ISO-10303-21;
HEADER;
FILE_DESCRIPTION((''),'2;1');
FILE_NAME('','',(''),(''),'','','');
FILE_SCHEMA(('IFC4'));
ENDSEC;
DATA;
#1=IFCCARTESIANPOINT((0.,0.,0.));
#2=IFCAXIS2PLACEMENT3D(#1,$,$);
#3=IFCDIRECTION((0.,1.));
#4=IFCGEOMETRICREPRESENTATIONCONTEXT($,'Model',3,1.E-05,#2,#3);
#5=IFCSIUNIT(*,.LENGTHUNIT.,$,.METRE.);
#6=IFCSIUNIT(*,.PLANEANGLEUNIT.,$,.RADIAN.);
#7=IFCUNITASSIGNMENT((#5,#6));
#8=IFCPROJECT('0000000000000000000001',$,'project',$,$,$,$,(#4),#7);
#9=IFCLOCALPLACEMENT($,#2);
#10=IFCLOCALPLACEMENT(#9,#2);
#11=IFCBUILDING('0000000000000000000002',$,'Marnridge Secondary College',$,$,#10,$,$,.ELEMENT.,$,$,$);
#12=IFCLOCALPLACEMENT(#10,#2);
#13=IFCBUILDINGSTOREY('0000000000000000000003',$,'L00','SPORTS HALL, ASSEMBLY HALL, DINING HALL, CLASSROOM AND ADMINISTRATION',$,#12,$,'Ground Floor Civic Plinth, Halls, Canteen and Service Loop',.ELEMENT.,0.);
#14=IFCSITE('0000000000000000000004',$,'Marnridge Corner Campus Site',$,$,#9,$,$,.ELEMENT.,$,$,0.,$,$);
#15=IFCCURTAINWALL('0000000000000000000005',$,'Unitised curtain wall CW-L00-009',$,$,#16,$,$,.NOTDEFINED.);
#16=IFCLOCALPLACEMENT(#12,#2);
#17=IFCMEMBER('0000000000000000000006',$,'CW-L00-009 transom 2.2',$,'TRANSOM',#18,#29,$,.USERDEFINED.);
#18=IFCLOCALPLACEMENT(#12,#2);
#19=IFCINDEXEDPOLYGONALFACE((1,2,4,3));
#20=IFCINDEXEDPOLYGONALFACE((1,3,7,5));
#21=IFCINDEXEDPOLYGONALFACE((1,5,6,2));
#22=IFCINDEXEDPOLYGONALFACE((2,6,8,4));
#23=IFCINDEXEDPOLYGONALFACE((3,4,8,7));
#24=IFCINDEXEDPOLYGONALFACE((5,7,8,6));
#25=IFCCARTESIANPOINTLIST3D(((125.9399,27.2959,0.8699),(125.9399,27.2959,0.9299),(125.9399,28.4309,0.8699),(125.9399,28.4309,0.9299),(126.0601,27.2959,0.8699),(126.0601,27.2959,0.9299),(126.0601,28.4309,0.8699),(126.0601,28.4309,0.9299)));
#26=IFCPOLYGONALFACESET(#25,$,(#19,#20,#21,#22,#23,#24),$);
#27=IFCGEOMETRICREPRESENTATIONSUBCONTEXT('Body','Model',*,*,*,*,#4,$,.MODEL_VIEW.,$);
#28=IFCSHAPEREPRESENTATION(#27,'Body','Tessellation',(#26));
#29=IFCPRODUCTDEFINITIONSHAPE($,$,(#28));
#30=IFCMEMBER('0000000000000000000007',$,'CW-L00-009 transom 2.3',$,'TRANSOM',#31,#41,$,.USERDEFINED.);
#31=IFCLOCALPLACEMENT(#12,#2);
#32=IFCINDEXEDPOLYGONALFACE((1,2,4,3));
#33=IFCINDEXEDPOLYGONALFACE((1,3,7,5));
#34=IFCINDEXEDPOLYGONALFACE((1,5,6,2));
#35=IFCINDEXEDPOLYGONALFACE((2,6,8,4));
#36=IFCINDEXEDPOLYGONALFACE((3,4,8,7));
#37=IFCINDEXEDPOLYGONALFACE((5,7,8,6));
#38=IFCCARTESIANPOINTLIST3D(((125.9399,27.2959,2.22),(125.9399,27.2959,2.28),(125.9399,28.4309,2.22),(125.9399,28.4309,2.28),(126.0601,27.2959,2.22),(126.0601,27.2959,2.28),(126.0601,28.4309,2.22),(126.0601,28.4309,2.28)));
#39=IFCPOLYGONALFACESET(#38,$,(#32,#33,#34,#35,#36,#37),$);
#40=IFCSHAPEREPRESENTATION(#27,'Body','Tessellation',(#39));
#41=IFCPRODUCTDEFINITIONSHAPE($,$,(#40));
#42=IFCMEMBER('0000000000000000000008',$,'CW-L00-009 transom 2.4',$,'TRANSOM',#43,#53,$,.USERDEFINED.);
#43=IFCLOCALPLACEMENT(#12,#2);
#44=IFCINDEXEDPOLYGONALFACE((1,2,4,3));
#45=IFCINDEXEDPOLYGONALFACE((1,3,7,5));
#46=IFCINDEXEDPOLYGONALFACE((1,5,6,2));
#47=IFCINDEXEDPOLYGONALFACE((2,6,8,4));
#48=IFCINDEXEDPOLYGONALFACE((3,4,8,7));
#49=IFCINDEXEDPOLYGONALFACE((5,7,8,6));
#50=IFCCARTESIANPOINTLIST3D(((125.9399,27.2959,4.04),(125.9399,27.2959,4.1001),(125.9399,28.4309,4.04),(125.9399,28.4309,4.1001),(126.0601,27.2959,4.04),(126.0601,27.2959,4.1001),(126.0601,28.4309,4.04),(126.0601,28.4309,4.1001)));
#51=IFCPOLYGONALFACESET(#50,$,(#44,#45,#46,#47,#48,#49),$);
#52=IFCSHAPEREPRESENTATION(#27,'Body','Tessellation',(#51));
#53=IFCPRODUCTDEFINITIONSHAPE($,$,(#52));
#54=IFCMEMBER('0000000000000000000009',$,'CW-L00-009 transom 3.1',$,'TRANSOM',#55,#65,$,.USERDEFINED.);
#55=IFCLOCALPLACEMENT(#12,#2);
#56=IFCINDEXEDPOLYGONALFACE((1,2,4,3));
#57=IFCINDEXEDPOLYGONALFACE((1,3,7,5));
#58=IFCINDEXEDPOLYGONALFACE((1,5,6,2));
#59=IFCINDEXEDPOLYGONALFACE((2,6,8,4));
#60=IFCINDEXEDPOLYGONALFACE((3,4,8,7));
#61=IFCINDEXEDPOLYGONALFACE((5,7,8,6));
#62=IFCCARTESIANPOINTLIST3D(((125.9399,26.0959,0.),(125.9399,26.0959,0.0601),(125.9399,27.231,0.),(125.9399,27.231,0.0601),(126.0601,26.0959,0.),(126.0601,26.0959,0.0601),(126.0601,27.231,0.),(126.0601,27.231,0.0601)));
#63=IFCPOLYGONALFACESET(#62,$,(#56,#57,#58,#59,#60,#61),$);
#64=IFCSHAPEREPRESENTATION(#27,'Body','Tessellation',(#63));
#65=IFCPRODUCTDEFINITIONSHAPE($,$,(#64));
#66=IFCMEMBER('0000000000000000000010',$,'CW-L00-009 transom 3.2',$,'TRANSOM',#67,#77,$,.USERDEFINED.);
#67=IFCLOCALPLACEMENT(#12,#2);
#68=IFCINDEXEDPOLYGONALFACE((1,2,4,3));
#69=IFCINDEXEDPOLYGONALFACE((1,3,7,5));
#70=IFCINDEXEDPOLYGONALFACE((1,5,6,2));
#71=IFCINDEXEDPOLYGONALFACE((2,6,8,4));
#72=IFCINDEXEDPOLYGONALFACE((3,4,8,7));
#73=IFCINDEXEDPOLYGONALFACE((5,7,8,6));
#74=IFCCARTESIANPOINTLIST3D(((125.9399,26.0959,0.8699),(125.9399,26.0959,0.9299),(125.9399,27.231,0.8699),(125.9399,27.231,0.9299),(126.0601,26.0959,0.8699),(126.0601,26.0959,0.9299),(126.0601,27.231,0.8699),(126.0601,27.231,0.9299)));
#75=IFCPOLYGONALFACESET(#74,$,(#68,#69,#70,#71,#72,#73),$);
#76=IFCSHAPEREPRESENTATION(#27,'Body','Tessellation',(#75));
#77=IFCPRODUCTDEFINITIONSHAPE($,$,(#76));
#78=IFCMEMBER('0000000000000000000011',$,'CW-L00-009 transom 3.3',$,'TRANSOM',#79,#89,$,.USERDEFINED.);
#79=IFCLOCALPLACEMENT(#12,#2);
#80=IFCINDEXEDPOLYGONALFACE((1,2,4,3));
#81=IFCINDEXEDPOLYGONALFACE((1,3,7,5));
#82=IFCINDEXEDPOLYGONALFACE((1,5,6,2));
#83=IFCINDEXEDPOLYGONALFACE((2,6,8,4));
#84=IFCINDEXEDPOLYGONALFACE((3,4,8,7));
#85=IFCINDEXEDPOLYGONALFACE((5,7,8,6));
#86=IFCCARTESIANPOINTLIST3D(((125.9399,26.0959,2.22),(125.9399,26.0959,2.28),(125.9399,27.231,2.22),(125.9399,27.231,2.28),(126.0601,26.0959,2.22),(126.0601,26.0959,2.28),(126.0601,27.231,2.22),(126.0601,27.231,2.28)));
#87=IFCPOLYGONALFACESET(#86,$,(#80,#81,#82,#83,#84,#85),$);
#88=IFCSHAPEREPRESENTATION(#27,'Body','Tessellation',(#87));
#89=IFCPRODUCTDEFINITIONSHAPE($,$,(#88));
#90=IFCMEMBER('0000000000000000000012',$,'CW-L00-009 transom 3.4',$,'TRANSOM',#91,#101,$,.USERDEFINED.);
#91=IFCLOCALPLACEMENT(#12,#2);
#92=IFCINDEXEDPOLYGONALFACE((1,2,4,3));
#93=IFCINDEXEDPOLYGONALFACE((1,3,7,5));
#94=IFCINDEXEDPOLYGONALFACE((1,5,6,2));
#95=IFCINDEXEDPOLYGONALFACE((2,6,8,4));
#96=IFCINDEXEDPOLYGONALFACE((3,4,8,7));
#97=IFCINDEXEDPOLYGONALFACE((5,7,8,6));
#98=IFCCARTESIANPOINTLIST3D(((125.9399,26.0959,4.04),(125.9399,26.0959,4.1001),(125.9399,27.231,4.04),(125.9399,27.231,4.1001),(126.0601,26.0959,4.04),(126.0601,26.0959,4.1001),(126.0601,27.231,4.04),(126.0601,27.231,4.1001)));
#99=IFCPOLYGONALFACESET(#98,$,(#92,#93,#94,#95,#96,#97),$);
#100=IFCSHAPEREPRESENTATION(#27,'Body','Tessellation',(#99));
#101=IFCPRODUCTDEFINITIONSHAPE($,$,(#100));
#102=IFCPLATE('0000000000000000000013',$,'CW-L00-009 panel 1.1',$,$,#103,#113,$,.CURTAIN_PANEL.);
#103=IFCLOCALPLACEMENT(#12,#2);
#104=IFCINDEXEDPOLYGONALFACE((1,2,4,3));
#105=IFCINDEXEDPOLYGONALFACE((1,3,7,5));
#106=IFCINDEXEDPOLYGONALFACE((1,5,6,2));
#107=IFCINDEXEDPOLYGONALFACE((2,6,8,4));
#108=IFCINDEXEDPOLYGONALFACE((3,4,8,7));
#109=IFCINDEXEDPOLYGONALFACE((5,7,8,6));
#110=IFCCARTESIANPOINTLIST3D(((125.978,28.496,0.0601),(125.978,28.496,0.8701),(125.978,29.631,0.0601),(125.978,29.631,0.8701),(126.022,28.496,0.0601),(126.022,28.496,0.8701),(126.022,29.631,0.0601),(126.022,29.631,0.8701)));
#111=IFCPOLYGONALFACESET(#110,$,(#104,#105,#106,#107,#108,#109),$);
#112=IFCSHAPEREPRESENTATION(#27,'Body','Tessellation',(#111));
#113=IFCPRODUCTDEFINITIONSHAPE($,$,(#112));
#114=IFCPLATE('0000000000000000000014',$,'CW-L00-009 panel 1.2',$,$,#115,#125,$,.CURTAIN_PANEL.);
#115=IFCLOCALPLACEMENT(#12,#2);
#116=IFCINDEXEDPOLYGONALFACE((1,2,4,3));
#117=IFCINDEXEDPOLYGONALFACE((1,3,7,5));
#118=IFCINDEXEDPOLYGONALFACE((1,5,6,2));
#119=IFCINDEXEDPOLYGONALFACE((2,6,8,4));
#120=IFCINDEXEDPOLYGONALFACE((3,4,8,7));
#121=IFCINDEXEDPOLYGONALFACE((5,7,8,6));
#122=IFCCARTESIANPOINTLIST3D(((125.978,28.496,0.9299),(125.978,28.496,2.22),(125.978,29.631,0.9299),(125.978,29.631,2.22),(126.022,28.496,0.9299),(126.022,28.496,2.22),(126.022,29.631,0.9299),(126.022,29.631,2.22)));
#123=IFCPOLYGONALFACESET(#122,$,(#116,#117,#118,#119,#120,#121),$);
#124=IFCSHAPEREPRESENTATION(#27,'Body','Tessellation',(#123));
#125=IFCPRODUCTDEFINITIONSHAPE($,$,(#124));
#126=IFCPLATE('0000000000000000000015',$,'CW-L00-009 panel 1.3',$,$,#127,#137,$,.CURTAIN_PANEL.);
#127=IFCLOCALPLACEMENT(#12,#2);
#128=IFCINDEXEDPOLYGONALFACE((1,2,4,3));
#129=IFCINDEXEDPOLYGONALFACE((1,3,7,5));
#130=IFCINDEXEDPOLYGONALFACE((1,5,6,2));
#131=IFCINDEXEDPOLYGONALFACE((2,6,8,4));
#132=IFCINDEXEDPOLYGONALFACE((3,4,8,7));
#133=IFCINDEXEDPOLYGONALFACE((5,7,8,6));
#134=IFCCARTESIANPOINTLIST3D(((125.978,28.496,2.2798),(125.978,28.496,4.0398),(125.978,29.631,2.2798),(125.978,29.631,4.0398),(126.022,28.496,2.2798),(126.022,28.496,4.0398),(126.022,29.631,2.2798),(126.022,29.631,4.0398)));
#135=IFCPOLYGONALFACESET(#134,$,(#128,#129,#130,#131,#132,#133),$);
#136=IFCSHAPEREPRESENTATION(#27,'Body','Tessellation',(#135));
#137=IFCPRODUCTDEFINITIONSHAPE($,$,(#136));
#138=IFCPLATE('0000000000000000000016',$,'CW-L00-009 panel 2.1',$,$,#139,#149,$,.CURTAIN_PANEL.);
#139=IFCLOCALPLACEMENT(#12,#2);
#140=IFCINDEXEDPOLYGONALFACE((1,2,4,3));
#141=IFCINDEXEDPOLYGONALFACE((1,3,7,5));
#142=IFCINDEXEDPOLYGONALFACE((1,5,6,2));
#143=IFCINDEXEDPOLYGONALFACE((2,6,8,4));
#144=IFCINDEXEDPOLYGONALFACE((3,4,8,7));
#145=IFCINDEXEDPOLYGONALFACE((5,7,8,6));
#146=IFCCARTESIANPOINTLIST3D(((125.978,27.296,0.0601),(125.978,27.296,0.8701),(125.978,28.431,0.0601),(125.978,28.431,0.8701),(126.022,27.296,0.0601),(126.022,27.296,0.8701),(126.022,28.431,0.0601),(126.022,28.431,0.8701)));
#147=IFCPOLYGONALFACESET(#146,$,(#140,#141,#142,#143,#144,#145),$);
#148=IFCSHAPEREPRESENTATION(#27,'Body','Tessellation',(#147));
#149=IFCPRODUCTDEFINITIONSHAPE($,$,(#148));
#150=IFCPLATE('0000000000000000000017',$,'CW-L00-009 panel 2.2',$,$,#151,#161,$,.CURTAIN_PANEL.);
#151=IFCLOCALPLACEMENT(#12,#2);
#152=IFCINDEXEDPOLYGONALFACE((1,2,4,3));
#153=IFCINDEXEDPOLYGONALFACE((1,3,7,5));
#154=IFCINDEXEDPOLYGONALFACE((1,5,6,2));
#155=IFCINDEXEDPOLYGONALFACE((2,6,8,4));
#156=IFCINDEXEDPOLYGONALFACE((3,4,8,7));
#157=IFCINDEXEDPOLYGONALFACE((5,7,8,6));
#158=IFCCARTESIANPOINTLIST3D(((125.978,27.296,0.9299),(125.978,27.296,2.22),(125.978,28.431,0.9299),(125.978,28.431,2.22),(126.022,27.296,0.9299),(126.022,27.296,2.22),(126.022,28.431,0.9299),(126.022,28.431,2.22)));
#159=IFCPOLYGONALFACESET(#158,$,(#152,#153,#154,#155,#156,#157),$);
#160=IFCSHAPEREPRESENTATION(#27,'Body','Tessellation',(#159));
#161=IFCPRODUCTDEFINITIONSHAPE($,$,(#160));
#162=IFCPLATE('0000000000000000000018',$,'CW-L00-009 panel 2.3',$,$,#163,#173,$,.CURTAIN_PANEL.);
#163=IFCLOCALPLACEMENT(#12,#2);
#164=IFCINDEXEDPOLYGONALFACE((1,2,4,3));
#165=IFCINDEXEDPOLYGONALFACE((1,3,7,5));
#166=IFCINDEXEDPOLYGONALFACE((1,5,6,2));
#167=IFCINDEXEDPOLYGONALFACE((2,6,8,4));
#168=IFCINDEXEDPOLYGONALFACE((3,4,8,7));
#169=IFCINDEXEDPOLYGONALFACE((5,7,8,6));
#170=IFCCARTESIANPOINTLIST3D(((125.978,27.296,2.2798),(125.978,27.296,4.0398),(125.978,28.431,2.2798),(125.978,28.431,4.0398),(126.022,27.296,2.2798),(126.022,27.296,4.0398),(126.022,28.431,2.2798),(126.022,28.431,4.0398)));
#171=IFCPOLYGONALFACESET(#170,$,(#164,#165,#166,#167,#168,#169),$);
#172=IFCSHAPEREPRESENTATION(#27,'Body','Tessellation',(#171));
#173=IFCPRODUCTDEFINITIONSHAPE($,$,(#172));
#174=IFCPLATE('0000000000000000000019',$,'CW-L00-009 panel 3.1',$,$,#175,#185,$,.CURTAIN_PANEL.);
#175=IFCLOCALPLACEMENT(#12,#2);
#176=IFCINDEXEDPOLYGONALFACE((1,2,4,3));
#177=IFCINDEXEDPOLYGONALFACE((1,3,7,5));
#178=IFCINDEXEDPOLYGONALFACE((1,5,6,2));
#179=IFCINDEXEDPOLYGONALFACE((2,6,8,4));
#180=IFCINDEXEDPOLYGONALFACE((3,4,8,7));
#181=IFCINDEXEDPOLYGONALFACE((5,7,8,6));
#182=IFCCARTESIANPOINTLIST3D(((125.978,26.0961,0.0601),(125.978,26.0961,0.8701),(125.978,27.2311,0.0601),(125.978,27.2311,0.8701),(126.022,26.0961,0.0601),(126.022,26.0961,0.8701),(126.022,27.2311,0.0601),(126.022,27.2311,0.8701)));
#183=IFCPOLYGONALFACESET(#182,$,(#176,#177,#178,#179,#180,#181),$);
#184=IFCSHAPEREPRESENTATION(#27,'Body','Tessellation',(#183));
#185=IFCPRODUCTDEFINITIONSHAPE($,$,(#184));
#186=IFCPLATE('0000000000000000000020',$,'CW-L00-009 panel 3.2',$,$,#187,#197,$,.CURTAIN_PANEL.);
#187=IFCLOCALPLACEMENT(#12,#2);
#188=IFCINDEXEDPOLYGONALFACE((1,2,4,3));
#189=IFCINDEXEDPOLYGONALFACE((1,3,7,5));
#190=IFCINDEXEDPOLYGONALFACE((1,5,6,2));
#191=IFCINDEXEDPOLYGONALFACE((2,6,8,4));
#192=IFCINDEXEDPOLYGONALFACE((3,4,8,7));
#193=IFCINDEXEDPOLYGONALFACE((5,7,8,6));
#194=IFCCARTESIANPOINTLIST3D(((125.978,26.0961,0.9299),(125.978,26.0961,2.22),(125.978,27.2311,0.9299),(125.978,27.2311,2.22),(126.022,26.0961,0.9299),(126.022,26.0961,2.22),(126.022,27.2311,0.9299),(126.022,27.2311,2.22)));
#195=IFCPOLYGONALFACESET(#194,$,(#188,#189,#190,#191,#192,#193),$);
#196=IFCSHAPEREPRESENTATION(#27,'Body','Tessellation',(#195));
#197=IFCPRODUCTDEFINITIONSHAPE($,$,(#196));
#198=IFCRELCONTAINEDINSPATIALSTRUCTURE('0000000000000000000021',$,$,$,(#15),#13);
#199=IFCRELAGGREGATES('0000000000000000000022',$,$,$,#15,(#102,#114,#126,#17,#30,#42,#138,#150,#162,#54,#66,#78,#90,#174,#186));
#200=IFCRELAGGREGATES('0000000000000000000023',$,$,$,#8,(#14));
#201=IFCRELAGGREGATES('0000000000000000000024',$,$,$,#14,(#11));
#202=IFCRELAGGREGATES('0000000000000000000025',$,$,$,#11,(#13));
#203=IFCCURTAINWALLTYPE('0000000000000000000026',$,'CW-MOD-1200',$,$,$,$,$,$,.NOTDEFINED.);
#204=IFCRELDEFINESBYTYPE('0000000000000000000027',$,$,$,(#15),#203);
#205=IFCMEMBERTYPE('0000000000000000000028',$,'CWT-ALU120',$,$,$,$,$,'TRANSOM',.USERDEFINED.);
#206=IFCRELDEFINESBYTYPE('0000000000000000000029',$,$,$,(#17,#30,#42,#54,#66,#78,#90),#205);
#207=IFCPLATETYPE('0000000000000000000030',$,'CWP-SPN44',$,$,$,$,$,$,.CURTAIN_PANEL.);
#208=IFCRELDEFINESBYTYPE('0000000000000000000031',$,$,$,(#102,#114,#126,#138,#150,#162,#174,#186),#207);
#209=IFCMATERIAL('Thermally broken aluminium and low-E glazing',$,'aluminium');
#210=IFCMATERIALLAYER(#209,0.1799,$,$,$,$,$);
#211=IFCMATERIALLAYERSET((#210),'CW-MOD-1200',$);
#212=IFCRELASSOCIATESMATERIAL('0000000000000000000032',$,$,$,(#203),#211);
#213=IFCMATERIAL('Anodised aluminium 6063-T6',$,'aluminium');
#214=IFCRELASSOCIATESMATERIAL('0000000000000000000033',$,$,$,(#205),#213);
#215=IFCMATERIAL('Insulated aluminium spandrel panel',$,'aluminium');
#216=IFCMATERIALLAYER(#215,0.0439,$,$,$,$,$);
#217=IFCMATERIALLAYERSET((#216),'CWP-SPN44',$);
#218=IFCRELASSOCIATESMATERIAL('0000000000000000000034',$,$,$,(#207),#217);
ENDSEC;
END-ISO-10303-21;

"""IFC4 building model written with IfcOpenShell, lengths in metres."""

from ifc_helpers import new_model, si_unit, direction, frame, origin, origin_2d, place, context, subcontext, project, spatial, rectangle, extrude, material, layer, layer_set, material_profile, profile_set, type_object, element, aggregate, save


model = new_model("IFC4")

# Units and contexts
model_context = context("Model", 3, precision=1e-05, world=origin(), true_north=direction((0.0, 1.0)))
body_context = subcontext(model_context, "Body", "Model", "MODEL_VIEW")
ifc_project = project(units=[si_unit("LENGTHUNIT", "METRE"), si_unit("PLANEANGLEUNIT", "RADIAN")], contexts=[model_context])

# Site, building, storey
site_placement = place(None, origin())
site = spatial("IfcSite", under=ifc_project, at=site_placement, Name="Marnridge Corner Campus Site", CompositionType="ELEMENT", RefElevation=0.0)
building_placement = place(site_placement, origin())
building = spatial("IfcBuilding", under=site, at=building_placement, Name="Marnridge Secondary College", CompositionType="ELEMENT")
storey_placement = place(building_placement, origin())
storey = spatial("IfcBuildingStorey", under=building, at=storey_placement, Name="L00", Description="SPORTS HALL, ASSEMBLY HALL, DINING HALL, CLASSROOM AND ADMINISTRATION", LongName="Ground Floor Civic Plinth, Halls, Canteen and Service Loop", CompositionType="ELEMENT", Elevation=0.0)

# Curtain wall, members, plates
ifc_material_1 = material(Name="Thermally broken aluminium and low-E glazing", Category="aluminium")
ifc_layer_1 = layer(ifc_material_1, 0.1799)
ifc_layer_set_1 = layer_set([ifc_layer_1], Name="CW-MOD-1200")
curtain_wall_type = type_object("IfcCurtainWallType", Name="CW-MOD-1200", PredefinedType="NOTDEFINED", material=ifc_layer_set_1)
curtain_wall_placement = place(storey_placement, origin())
curtain_wall = element("IfcCurtainWall", 1, at=curtain_wall_placement, inside=storey, type_object=curtain_wall_type, Name="Unitised curtain wall CW-L00-009", PredefinedType="NOTDEFINED")
ifc_material_2 = material(Name="Anodised aluminium 6063-T6", Category="aluminium")
ifc_material_profile_1 = material_profile(ifc_material_2, rectangle(XDim=0.0601, YDim=0.1201, at=origin_2d()), Name="ALU 60x120")
ifc_profile_set_1 = profile_set([ifc_material_profile_1], Name="Anodised aluminium 6063-T6")
member_type_1 = type_object("IfcMemberType", Name="CWT-ALU120", ElementType="TRANSOM", PredefinedType="USERDEFINED", material=ifc_profile_set_1)
member_1_placement = place(storey_placement, frame((126.0, 28.4309, 0.8999), z_axis=(0.0, -1.0, 0.0), x_axis=(0.0, 0.0, 1.0)))
member_1 = element("IfcMember", 2, at=member_1_placement, type_object=member_type_1, Name="CW-L00-009 transom 2.2", ObjectType="TRANSOM", PredefinedType="USERDEFINED", context=body_context, shape_type="SweptSolid", body=[
    extrude(rectangle(XDim=0.0601, YDim=0.1201, at=origin_2d()), origin(), (0.0, 0.0, 1.0), 1.135),
])
member_2_placement = place(storey_placement, frame((126.0, 28.4309, 2.25), z_axis=(0.0, -1.0, 0.0), x_axis=(0.0, 0.0, 1.0)))
member_2 = element("IfcMember", 3, at=member_2_placement, type_object=member_type_1, Name="CW-L00-009 transom 2.3", ObjectType="TRANSOM", PredefinedType="USERDEFINED", context=body_context, shape_type="SweptSolid", body=[
    extrude(rectangle(XDim=0.0601, YDim=0.1201, at=origin_2d()), origin(), (0.0, 0.0, 1.0), 1.135),
])
member_3_placement = place(storey_placement, frame((126.0, 28.4309, 4.0701), z_axis=(0.0, -1.0, 0.0), x_axis=(0.0, 0.0, 1.0)))
member_3 = element("IfcMember", 4, at=member_3_placement, type_object=member_type_1, Name="CW-L00-009 transom 2.4", ObjectType="TRANSOM", PredefinedType="USERDEFINED", context=body_context, shape_type="SweptSolid", body=[
    extrude(rectangle(XDim=0.0601, YDim=0.1201, at=origin_2d()), origin(), (0.0, 0.0, 1.0), 1.135),
])
member_4_placement = place(storey_placement, frame((126.0, 27.231, 0.03), z_axis=(0.0, -1.0, 0.0), x_axis=(0.0, 0.0, 1.0)))
member_4 = element("IfcMember", 5, at=member_4_placement, type_object=member_type_1, Name="CW-L00-009 transom 3.1", ObjectType="TRANSOM", PredefinedType="USERDEFINED", context=body_context, shape_type="SweptSolid", body=[
    extrude(rectangle(XDim=0.0601, YDim=0.1201, at=origin_2d()), origin(), (0.0, 0.0, 1.0), 1.135),
])
member_5_placement = place(storey_placement, frame((126.0, 27.231, 0.8999), z_axis=(0.0, -1.0, 0.0), x_axis=(0.0, 0.0, 1.0)))
member_5 = element("IfcMember", 6, at=member_5_placement, type_object=member_type_1, Name="CW-L00-009 transom 3.2", ObjectType="TRANSOM", PredefinedType="USERDEFINED", context=body_context, shape_type="SweptSolid", body=[
    extrude(rectangle(XDim=0.0601, YDim=0.1201, at=origin_2d()), origin(), (0.0, 0.0, 1.0), 1.135),
])
member_6_placement = place(storey_placement, frame((126.0, 27.231, 2.25), z_axis=(0.0, -1.0, 0.0), x_axis=(0.0, 0.0, 1.0)))
member_6 = element("IfcMember", 7, at=member_6_placement, type_object=member_type_1, Name="CW-L00-009 transom 3.3", ObjectType="TRANSOM", PredefinedType="USERDEFINED", context=body_context, shape_type="SweptSolid", body=[
    extrude(rectangle(XDim=0.0601, YDim=0.1201, at=origin_2d()), origin(), (0.0, 0.0, 1.0), 1.135),
])
member_7_placement = place(storey_placement, frame((126.0, 27.231, 4.0701), z_axis=(0.0, -1.0, 0.0), x_axis=(0.0, 0.0, 1.0)))
member_7 = element("IfcMember", 8, at=member_7_placement, type_object=member_type_1, Name="CW-L00-009 transom 3.4", ObjectType="TRANSOM", PredefinedType="USERDEFINED", context=body_context, shape_type="SweptSolid", body=[
    extrude(rectangle(XDim=0.0601, YDim=0.1201, at=origin_2d()), origin(), (0.0, 0.0, 1.0), 1.135),
])
ifc_material_3 = material(Name="Insulated aluminium spandrel panel", Category="aluminium")
ifc_layer_2 = layer(ifc_material_3, 0.0439)
ifc_layer_set_2 = layer_set([ifc_layer_2], Name="CWP-SPN44")
plate_type = type_object("IfcPlateType", Name="CWP-SPN44", PredefinedType="CURTAIN_PANEL", material=ifc_layer_set_2)
plate_1_placement = place(storey_placement, frame((126.0, 29.0635, 0.0601), z_axis=(0.0, 0.0, 1.0), x_axis=(0.0, -1.0, 0.0)))
plate_1 = element("IfcPlate", 9, at=plate_1_placement, type_object=plate_type, Name="CW-L00-009 panel 1.1", PredefinedType="CURTAIN_PANEL", context=body_context, shape_type="SweptSolid", body=[
    extrude(rectangle(XDim=1.135, YDim=0.0439, at=origin_2d()), origin(), (0.0, 0.0, 1.0), 0.8101),
])
plate_2_placement = place(storey_placement, frame((126.0, 29.0635, 0.9299), z_axis=(0.0, 0.0, 1.0), x_axis=(0.0, -1.0, 0.0)))
plate_2 = element("IfcPlate", 10, at=plate_2_placement, type_object=plate_type, Name="CW-L00-009 panel 1.2", PredefinedType="CURTAIN_PANEL", context=body_context, shape_type="SweptSolid", body=[
    extrude(rectangle(XDim=1.135, YDim=0.0439, at=origin_2d()), origin(), (0.0, 0.0, 1.0), 1.29),
])
plate_3_placement = place(storey_placement, frame((126.0, 29.0635, 2.2798), z_axis=(0.0, 0.0, 1.0), x_axis=(0.0, -1.0, 0.0)))
plate_3 = element("IfcPlate", 11, at=plate_3_placement, type_object=plate_type, Name="CW-L00-009 panel 1.3", PredefinedType="CURTAIN_PANEL", context=body_context, shape_type="SweptSolid", body=[
    extrude(rectangle(XDim=1.135, YDim=0.0439, at=origin_2d()), origin(), (0.0, 0.0, 1.0), 1.76),
])
plate_4_placement = place(storey_placement, frame((126.0, 27.8635, 0.0601), z_axis=(0.0, 0.0, 1.0), x_axis=(0.0, -1.0, 0.0)))
plate_4 = element("IfcPlate", 12, at=plate_4_placement, type_object=plate_type, Name="CW-L00-009 panel 2.1", PredefinedType="CURTAIN_PANEL", context=body_context, shape_type="SweptSolid", body=[
    extrude(rectangle(XDim=1.135, YDim=0.0439, at=origin_2d()), origin(), (0.0, 0.0, 1.0), 0.8101),
])
plate_5_placement = place(storey_placement, frame((126.0, 27.8635, 0.9299), z_axis=(0.0, 0.0, 1.0), x_axis=(0.0, -1.0, 0.0)))
plate_5 = element("IfcPlate", 13, at=plate_5_placement, type_object=plate_type, Name="CW-L00-009 panel 2.2", PredefinedType="CURTAIN_PANEL", context=body_context, shape_type="SweptSolid", body=[
    extrude(rectangle(XDim=1.135, YDim=0.0439, at=origin_2d()), origin(), (0.0, 0.0, 1.0), 1.29),
])
plate_6_placement = place(storey_placement, frame((126.0, 27.8635, 2.2798), z_axis=(0.0, 0.0, 1.0), x_axis=(0.0, -1.0, 0.0)))
plate_6 = element("IfcPlate", 14, at=plate_6_placement, type_object=plate_type, Name="CW-L00-009 panel 2.3", PredefinedType="CURTAIN_PANEL", context=body_context, shape_type="SweptSolid", body=[
    extrude(rectangle(XDim=1.135, YDim=0.0439, at=origin_2d()), origin(), (0.0, 0.0, 1.0), 1.76),
])
plate_7_placement = place(storey_placement, frame((126.0, 26.6636, 0.0601), z_axis=(0.0, 0.0, 1.0), x_axis=(0.0, -1.0, 0.0)))
plate_7 = element("IfcPlate", 15, at=plate_7_placement, type_object=plate_type, Name="CW-L00-009 panel 3.1", PredefinedType="CURTAIN_PANEL", context=body_context, shape_type="SweptSolid", body=[
    extrude(rectangle(XDim=1.135, YDim=0.0439, at=origin_2d()), origin(), (0.0, 0.0, 1.0), 0.8101),
])
plate_8_placement = place(storey_placement, frame((126.0, 26.6636, 0.9299), z_axis=(0.0, 0.0, 1.0), x_axis=(0.0, -1.0, 0.0)))
plate_8 = element("IfcPlate", 16, at=plate_8_placement, type_object=plate_type, Name="CW-L00-009 panel 3.2", PredefinedType="CURTAIN_PANEL", context=body_context, shape_type="SweptSolid", body=[
    extrude(rectangle(XDim=1.135, YDim=0.0439, at=origin_2d()), origin(), (0.0, 0.0, 1.0), 1.29),
])
aggregate(curtain_wall, [plate_1, plate_2, plate_3, member_1, member_2, member_3, plate_4, plate_5, plate_6, member_4, member_5, member_6, member_7, plate_7, plate_8])

save(model, "model.ifc")
